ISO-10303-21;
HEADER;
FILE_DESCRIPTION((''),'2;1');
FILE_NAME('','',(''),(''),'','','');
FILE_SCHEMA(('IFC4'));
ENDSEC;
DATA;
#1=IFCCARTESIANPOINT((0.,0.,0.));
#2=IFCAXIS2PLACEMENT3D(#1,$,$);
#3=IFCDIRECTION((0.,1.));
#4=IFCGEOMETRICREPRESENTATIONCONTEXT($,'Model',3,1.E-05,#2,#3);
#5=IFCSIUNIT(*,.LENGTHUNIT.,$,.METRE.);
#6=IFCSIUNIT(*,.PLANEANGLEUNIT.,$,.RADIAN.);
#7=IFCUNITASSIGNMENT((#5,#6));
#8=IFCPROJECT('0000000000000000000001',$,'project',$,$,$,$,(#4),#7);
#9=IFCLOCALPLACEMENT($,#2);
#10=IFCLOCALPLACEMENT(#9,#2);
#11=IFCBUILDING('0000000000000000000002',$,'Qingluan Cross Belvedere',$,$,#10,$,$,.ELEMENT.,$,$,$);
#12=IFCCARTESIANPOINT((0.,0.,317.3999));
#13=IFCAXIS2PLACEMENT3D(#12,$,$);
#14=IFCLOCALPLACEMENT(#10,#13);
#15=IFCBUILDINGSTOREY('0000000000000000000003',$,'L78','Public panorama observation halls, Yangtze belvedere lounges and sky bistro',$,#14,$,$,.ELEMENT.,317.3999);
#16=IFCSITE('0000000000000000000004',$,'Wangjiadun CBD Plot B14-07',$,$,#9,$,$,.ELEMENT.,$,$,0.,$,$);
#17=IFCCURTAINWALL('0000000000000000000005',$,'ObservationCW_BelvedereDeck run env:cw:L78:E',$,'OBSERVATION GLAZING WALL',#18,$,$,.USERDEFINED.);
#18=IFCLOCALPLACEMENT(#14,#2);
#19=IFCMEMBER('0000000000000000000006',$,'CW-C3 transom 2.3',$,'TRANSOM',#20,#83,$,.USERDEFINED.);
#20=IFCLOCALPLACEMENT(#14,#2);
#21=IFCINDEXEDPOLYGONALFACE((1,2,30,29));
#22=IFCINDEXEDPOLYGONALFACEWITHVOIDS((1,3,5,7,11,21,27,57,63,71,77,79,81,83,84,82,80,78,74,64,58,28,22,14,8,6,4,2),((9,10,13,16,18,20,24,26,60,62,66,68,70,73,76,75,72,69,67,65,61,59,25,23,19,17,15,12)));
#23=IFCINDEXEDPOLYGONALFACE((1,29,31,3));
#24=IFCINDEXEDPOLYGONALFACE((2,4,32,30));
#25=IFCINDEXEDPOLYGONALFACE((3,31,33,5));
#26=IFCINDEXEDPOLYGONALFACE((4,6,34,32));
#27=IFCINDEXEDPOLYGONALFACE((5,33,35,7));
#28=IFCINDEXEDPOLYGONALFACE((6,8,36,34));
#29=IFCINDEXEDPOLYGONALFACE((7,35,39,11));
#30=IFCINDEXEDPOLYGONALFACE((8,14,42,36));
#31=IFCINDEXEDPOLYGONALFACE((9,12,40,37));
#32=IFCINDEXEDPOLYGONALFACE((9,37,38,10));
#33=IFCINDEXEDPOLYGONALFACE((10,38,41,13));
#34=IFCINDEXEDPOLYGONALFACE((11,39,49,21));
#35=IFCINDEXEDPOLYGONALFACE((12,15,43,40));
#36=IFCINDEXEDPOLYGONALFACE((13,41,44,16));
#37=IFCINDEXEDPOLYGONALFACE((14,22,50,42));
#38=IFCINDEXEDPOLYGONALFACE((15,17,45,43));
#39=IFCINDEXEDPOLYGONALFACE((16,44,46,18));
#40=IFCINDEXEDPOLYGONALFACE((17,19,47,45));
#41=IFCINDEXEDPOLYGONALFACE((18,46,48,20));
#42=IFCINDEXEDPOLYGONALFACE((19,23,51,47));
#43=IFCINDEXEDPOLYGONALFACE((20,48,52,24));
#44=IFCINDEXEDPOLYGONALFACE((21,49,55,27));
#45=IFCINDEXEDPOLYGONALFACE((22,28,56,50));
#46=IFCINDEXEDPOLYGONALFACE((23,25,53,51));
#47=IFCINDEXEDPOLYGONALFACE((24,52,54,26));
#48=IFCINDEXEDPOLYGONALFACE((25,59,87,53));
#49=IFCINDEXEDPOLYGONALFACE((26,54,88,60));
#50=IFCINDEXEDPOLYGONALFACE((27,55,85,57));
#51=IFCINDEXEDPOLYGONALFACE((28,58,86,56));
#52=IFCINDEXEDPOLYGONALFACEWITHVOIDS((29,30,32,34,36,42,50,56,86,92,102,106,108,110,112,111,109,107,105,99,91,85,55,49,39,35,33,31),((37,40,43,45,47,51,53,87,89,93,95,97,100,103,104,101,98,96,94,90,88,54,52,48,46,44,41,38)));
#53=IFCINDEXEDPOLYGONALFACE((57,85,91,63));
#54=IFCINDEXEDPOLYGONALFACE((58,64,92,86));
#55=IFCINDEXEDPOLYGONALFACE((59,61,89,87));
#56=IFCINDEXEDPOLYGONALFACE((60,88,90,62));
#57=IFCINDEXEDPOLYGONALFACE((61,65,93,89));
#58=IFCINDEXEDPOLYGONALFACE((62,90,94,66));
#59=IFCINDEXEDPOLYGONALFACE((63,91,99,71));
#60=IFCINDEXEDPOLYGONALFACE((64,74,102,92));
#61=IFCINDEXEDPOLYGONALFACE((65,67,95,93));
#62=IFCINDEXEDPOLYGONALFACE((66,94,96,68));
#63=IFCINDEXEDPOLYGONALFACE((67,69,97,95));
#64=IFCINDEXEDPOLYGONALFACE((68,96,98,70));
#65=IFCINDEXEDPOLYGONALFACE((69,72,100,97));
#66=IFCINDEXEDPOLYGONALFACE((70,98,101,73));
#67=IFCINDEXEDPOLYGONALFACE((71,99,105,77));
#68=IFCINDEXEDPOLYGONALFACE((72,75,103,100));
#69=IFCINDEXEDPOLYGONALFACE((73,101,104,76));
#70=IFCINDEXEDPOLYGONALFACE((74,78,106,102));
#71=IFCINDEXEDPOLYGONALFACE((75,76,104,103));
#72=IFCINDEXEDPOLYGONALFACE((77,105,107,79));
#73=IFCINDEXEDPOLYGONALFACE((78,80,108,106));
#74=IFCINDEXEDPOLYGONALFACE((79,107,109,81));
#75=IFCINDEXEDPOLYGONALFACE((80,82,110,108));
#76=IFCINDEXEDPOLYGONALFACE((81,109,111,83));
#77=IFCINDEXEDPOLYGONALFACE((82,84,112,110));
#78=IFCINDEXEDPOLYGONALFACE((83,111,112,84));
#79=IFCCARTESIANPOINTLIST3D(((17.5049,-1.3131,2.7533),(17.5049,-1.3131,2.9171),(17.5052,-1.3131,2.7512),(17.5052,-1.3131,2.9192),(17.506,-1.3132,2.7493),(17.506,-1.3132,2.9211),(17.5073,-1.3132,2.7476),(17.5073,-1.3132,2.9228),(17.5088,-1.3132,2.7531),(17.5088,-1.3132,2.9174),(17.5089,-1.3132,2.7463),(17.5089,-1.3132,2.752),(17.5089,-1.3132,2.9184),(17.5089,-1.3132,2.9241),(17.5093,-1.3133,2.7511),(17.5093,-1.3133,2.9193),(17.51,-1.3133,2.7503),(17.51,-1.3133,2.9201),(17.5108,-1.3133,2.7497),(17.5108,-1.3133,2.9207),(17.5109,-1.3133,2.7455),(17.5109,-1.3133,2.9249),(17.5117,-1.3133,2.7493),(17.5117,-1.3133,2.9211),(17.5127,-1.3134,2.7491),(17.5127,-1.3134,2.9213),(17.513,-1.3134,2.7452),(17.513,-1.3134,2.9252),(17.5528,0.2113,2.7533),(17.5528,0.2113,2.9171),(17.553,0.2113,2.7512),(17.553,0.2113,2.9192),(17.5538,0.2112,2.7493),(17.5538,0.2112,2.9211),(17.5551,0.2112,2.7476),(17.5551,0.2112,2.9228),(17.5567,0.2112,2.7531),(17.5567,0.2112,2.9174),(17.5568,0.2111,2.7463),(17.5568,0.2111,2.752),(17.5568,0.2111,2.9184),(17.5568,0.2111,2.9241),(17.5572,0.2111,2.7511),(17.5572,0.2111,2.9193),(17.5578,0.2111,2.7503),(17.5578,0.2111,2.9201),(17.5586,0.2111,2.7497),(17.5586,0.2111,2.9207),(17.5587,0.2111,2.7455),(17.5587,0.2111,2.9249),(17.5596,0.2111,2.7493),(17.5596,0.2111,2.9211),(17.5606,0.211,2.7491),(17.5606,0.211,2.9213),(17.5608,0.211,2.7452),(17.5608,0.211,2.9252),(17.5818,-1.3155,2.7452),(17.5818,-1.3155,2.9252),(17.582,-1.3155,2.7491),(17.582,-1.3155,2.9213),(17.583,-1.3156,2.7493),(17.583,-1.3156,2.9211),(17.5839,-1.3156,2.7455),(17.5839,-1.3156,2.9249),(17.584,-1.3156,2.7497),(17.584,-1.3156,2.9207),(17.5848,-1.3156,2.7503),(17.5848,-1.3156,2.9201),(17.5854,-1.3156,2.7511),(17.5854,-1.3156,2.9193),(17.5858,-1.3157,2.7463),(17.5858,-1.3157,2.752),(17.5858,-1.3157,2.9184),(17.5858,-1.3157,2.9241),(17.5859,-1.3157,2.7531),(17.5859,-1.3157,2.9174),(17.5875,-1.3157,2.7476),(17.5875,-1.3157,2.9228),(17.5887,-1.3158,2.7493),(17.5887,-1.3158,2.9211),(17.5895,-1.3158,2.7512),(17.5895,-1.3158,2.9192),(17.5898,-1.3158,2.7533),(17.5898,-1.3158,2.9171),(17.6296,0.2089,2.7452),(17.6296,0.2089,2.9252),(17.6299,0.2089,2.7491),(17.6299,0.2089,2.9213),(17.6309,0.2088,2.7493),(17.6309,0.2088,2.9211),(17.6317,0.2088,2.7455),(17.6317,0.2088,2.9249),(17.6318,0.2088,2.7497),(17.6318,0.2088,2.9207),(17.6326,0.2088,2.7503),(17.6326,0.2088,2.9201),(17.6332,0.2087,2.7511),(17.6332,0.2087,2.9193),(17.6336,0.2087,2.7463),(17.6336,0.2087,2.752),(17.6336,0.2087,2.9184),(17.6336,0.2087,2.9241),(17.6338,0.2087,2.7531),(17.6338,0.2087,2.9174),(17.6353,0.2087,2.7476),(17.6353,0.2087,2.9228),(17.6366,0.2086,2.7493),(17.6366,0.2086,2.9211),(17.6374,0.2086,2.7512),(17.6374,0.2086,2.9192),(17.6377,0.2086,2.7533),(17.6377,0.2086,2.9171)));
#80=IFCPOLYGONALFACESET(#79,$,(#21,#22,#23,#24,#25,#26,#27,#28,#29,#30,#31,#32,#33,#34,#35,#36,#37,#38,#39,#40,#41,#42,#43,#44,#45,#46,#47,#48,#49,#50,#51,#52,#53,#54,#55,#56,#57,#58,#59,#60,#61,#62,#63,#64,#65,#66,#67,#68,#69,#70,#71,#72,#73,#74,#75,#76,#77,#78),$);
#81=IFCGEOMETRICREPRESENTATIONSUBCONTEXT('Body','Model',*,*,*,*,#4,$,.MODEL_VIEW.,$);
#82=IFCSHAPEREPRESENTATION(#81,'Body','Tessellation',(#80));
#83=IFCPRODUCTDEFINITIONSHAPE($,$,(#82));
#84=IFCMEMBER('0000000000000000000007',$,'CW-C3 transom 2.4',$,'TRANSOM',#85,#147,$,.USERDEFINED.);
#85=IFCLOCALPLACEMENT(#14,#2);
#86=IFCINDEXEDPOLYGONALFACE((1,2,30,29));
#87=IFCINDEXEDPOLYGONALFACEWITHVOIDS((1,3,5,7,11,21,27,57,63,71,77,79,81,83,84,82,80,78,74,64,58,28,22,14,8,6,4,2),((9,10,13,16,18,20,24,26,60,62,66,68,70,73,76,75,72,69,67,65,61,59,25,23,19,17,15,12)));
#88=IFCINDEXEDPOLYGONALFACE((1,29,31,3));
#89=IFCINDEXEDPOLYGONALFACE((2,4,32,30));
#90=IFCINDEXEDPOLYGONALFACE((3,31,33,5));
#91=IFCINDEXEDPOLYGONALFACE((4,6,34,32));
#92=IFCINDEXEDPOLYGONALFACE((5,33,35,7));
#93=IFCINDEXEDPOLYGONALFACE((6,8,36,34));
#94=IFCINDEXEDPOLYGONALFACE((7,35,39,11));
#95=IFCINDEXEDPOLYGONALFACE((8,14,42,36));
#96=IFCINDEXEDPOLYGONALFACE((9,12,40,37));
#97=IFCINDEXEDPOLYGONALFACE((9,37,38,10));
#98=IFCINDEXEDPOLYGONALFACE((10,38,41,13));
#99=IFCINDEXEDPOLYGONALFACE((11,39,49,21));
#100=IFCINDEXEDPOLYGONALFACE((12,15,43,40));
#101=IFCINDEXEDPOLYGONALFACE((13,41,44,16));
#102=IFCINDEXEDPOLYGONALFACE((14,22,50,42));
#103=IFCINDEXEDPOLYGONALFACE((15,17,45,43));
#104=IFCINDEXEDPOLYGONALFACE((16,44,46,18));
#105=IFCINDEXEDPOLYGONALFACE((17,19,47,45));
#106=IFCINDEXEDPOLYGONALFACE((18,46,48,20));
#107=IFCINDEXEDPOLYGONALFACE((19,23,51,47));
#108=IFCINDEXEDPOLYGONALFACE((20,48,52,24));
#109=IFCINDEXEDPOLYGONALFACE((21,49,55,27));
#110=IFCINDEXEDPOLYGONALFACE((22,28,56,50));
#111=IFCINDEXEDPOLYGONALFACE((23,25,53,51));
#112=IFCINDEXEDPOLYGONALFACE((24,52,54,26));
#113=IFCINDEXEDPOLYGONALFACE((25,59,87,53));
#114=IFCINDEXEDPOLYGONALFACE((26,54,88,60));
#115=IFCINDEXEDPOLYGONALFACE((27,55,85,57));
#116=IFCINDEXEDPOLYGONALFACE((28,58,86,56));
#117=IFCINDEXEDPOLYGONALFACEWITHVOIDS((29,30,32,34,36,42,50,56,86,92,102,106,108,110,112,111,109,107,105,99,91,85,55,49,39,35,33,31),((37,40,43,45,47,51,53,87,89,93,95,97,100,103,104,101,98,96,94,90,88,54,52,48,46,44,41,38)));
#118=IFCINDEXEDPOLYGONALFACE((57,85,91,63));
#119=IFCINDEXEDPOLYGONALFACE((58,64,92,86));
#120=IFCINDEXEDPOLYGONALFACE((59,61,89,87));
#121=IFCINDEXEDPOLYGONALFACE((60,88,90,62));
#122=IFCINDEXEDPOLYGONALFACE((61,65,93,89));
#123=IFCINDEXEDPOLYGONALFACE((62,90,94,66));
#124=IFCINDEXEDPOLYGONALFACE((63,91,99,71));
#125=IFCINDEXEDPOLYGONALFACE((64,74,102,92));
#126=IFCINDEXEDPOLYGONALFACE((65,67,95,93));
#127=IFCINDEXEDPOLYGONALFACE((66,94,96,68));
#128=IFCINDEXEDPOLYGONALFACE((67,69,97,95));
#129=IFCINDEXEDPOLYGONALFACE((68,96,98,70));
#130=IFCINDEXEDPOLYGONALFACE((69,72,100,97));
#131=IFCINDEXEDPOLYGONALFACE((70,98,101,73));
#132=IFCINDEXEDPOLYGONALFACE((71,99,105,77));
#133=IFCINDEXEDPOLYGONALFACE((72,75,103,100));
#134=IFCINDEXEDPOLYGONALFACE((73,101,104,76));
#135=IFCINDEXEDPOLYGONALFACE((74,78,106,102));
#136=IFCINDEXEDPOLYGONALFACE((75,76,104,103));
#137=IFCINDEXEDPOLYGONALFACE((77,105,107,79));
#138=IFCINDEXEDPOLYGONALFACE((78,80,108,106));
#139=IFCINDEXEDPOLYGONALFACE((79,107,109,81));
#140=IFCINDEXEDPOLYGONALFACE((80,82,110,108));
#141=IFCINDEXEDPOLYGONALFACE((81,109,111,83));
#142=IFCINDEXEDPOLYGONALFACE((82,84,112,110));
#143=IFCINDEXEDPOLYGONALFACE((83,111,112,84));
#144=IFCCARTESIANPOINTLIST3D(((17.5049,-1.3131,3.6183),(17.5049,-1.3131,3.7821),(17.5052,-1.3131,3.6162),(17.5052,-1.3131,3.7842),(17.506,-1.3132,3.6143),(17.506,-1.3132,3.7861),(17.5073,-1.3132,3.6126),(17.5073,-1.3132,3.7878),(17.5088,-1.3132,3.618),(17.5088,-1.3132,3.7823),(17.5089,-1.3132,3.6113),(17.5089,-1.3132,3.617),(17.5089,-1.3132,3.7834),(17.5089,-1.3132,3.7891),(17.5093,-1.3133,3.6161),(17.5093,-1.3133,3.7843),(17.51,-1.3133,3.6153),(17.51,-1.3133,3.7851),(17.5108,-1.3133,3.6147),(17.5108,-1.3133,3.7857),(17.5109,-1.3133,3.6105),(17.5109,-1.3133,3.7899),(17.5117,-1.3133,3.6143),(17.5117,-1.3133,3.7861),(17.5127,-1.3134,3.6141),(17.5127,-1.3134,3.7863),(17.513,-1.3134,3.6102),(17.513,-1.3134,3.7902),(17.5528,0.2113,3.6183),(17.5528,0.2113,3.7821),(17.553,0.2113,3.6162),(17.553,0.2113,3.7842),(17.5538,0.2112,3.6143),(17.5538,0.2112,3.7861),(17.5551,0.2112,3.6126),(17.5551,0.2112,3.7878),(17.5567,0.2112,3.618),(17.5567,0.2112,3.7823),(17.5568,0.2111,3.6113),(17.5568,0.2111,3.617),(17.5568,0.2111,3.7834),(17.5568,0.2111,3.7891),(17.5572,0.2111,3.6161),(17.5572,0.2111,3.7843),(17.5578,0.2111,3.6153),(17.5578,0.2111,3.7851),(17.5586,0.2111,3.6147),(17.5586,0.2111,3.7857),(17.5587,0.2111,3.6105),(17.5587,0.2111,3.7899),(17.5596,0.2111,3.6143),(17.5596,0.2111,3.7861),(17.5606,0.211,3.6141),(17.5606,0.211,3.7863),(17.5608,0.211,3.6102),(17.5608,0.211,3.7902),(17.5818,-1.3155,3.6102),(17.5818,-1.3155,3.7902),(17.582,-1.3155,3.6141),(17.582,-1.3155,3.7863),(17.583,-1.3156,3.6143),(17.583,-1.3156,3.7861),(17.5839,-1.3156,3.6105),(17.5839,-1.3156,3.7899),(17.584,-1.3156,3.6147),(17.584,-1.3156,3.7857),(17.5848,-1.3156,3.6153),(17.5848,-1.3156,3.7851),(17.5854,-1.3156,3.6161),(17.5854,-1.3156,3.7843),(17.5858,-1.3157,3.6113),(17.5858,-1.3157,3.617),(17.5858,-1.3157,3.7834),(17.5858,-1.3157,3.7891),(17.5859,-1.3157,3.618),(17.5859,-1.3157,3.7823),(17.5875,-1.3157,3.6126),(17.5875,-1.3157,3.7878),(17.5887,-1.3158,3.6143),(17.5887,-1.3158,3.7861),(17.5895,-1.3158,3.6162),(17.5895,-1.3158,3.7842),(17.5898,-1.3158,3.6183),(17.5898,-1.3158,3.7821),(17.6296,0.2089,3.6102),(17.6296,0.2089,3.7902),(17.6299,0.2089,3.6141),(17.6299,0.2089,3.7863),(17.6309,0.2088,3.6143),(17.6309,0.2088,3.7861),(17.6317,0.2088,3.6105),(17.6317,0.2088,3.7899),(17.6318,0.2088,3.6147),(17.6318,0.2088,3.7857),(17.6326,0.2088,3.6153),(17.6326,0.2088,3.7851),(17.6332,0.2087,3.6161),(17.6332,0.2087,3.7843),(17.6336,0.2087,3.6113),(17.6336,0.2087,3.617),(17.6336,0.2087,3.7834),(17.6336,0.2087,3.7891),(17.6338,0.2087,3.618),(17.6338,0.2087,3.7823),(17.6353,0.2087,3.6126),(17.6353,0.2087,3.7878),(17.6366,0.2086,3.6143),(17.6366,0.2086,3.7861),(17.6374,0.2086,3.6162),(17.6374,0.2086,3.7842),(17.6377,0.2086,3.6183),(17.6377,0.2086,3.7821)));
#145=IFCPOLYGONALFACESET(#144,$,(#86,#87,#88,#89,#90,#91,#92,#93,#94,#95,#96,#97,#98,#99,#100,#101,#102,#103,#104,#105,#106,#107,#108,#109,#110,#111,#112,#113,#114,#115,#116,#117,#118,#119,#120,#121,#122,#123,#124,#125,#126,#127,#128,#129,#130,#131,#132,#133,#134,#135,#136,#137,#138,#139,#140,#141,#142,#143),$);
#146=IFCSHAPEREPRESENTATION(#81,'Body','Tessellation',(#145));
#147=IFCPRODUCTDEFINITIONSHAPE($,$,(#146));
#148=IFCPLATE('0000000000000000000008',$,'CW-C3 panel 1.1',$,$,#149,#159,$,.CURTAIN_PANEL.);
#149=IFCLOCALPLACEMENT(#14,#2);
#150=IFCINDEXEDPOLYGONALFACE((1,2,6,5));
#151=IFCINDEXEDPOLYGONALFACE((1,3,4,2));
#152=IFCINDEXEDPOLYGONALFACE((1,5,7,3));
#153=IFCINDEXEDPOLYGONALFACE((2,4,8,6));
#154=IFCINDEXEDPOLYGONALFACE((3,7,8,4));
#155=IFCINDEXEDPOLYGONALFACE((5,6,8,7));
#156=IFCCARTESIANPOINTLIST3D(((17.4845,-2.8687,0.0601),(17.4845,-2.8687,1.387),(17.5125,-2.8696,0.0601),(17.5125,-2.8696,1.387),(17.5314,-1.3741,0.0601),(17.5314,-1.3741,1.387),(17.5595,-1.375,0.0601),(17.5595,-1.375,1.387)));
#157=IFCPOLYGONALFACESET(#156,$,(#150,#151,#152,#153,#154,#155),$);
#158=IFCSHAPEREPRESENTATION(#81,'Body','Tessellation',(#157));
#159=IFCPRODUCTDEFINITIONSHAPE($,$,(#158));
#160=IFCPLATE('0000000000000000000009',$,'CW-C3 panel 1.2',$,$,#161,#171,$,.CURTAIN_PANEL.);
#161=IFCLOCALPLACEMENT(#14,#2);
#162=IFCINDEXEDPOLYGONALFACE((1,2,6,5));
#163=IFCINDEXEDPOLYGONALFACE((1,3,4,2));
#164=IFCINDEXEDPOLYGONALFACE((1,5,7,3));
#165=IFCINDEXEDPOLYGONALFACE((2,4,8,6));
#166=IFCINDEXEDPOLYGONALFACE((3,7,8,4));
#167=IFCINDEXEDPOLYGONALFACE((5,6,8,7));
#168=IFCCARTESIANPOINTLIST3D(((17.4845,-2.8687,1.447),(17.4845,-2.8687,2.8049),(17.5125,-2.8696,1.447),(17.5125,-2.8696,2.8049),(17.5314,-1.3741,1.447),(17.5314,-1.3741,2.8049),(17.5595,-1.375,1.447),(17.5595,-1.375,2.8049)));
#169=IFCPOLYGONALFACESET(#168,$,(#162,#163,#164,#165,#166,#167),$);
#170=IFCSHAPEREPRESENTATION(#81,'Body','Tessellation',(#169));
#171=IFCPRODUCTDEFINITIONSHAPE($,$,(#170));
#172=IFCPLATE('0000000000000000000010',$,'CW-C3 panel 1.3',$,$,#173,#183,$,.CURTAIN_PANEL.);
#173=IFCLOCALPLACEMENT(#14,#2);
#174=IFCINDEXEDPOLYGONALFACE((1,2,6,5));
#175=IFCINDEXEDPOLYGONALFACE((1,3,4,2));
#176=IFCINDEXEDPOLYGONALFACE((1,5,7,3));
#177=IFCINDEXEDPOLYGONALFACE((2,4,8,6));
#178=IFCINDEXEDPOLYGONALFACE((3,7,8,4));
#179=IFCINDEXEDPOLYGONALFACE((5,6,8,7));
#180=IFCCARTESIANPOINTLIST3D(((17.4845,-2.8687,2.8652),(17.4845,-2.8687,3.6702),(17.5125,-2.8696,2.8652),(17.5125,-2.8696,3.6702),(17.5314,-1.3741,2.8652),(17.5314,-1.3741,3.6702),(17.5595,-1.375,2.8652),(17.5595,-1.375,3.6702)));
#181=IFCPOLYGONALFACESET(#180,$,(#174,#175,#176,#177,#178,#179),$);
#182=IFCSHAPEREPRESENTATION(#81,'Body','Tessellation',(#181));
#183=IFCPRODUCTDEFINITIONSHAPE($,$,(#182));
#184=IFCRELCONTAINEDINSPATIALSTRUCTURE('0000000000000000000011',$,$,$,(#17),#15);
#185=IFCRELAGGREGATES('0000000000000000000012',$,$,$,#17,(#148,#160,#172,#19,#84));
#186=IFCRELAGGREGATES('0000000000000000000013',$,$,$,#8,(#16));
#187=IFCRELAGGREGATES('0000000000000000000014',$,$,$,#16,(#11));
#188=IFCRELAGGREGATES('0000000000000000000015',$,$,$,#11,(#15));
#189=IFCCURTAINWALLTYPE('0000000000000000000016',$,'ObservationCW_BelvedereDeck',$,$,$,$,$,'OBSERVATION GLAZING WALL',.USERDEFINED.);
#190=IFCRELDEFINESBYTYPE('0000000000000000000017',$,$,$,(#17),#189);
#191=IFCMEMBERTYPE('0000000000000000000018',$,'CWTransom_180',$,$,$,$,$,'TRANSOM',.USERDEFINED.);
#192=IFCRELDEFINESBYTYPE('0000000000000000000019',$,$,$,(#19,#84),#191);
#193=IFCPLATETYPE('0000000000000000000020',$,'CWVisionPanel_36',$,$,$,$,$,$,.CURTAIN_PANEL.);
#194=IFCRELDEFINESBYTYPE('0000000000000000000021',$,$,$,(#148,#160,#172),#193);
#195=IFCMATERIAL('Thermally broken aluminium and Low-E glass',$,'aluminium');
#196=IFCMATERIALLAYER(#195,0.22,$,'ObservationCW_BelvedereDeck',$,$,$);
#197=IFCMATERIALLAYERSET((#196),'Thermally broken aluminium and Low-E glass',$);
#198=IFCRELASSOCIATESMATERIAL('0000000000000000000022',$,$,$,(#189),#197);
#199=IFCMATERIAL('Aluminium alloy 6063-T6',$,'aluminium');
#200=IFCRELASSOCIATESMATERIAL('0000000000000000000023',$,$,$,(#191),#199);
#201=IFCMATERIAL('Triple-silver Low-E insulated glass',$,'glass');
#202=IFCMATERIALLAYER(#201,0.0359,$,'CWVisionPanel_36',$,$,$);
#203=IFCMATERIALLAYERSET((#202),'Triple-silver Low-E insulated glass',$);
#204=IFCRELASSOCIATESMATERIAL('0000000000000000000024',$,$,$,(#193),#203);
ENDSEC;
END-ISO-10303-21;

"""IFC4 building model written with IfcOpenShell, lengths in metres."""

from ifc_helpers import new_model, si_unit, direction, frame, origin, origin_2d, place, context, subcontext, project, spatial, rectangle, hollow_rectangle, extrude, material, layer, layer_set, material_profile, profile_set, type_object, element, aggregate, save


model = new_model("IFC4")

# Units and contexts
model_context = context("Model", 3, precision=1e-05, world=origin(), true_north=direction((0.0, 1.0)))
body_context = subcontext(model_context, "Body", "Model", "MODEL_VIEW")
ifc_project = project(units=[si_unit("LENGTHUNIT", "METRE"), si_unit("PLANEANGLEUNIT", "RADIAN")], contexts=[model_context])

# Site, building, storey
site_placement = place(None, origin())
site = spatial("IfcSite", under=ifc_project, at=site_placement, Name="Wangjiadun CBD Plot B14-07", CompositionType="ELEMENT", RefElevation=0.0)
building_placement = place(site_placement, origin())
building = spatial("IfcBuilding", under=site, at=building_placement, Name="Qingluan Cross Belvedere", CompositionType="ELEMENT")
storey_placement = place(building_placement, frame((0.0, 0.0, 317.3999)))
storey = spatial("IfcBuildingStorey", under=building, at=storey_placement, Name="L78", Description="Public panorama observation halls, Yangtze belvedere lounges and sky bistro", CompositionType="ELEMENT", Elevation=317.3999)

# Curtain wall, members, plates
ifc_material_1 = material(Name="Thermally broken aluminium and Low-E glass", Category="aluminium")
ifc_layer_1 = layer(ifc_material_1, 0.22, Name="ObservationCW_BelvedereDeck")
ifc_layer_set_1 = layer_set([ifc_layer_1], Name="Thermally broken aluminium and Low-E glass")
curtain_wall_type = type_object("IfcCurtainWallType", Name="ObservationCW_BelvedereDeck", ElementType="OBSERVATION GLAZING WALL", PredefinedType="USERDEFINED", material=ifc_layer_set_1)
curtain_wall_placement = place(storey_placement, origin())
curtain_wall = element("IfcCurtainWall", 1, at=curtain_wall_placement, inside=storey, type_object=curtain_wall_type, Name="ObservationCW_BelvedereDeck run env:cw:L78:E", ObjectType="OBSERVATION GLAZING WALL", PredefinedType="USERDEFINED")
ifc_material_2 = material(Name="Aluminium alloy 6063-T6", Category="aluminium")
ifc_material_profile_1 = material_profile(ifc_material_2, hollow_rectangle(XDim=0.085, YDim=0.1799, WallThickness=0.0039, InnerFilletRadius=0.0039, OuterFilletRadius=0.0081, at=origin_2d()), Name="CWT180x85x4")
ifc_profile_set_1 = profile_set([ifc_material_profile_1], Name="Aluminium alloy 6063-T6")
member_type_1 = type_object("IfcMemberType", Name="CWTransom_180", ElementType="TRANSOM", PredefinedType="USERDEFINED", material=ifc_profile_set_1)
member_1_placement = place(storey_placement, frame((17.5474, -1.3145, 2.8352), z_axis=(0.031375, 0.999508, 0.0), x_axis=(-0.999508, 0.031375, 0.0)))
member_1 = element("IfcMember", 2, at=member_1_placement, type_object=member_type_1, Name="CW-C3 transom 2.3", ObjectType="TRANSOM", PredefinedType="USERDEFINED", context=body_context, shape_type="SweptSolid", body=[
    extrude(hollow_rectangle(XDim=0.085, YDim=0.1799, WallThickness=0.0039, InnerFilletRadius=0.0039, OuterFilletRadius=0.0081, at=origin_2d()), origin(), (0.0, 0.0, 1.0), 1.5251),
])
member_2_placement = place(storey_placement, frame((17.5474, -1.3145, 3.7002), z_axis=(0.031375, 0.999508, 0.0), x_axis=(-0.999508, 0.031375, 0.0)))
member_2 = element("IfcMember", 3, at=member_2_placement, type_object=member_type_1, Name="CW-C3 transom 2.4", ObjectType="TRANSOM", PredefinedType="USERDEFINED", context=body_context, shape_type="SweptSolid", body=[
    extrude(hollow_rectangle(XDim=0.085, YDim=0.1799, WallThickness=0.0039, InnerFilletRadius=0.0039, OuterFilletRadius=0.0081, at=origin_2d()), origin(), (0.0, 0.0, 1.0), 1.5251),
])
ifc_material_3 = material(Name="Triple-silver Low-E insulated glass", Category="glass")
ifc_layer_2 = layer(ifc_material_3, 0.0359, Name="CWVisionPanel_36")
ifc_layer_set_2 = layer_set([ifc_layer_2], Name="Triple-silver Low-E insulated glass")
plate_type = type_object("IfcPlateType", Name="CWVisionPanel_36", PredefinedType="CURTAIN_PANEL", material=ifc_layer_set_2)
plate_1_placement = place(storey_placement, frame((17.522, -2.1218, 0.0601), z_axis=(0.0, 0.0, 1.0), x_axis=(0.031413, 0.999506, 0.0)))
plate_1 = element("IfcPlate", 4, at=plate_1_placement, type_object=plate_type, Name="CW-C3 panel 1.1", PredefinedType="CURTAIN_PANEL", context=body_context, shape_type="SweptSolid", body=[
    extrude(rectangle(XDim=1.4954, YDim=0.0281, at=origin_2d()), origin(), (0.0, 0.0, 1.0), 1.3269),
])
plate_2_placement = place(storey_placement, frame((17.522, -2.1218, 1.447), z_axis=(0.0, 0.0, 1.0), x_axis=(0.031413, 0.999506, 0.0)))
plate_2 = element("IfcPlate", 5, at=plate_2_placement, type_object=plate_type, Name="CW-C3 panel 1.2", PredefinedType="CURTAIN_PANEL", context=body_context, shape_type="SweptSolid", body=[
    extrude(rectangle(XDim=1.4954, YDim=0.0281, at=origin_2d()), origin(), (0.0, 0.0, 1.0), 1.3579),
])
plate_3_placement = place(storey_placement, frame((17.522, -2.1218, 2.8652), z_axis=(0.0, 0.0, 1.0), x_axis=(0.031413, 0.999506, 0.0)))
plate_3 = element("IfcPlate", 6, at=plate_3_placement, type_object=plate_type, Name="CW-C3 panel 1.3", PredefinedType="CURTAIN_PANEL", context=body_context, shape_type="SweptSolid", body=[
    extrude(rectangle(XDim=1.4954, YDim=0.0281, at=origin_2d()), origin(), (0.0, 0.0, 1.0), 0.8049),
])
aggregate(curtain_wall, [plate_1, plate_2, plate_3, member_1, member_2])

save(model, "model.ifc")
